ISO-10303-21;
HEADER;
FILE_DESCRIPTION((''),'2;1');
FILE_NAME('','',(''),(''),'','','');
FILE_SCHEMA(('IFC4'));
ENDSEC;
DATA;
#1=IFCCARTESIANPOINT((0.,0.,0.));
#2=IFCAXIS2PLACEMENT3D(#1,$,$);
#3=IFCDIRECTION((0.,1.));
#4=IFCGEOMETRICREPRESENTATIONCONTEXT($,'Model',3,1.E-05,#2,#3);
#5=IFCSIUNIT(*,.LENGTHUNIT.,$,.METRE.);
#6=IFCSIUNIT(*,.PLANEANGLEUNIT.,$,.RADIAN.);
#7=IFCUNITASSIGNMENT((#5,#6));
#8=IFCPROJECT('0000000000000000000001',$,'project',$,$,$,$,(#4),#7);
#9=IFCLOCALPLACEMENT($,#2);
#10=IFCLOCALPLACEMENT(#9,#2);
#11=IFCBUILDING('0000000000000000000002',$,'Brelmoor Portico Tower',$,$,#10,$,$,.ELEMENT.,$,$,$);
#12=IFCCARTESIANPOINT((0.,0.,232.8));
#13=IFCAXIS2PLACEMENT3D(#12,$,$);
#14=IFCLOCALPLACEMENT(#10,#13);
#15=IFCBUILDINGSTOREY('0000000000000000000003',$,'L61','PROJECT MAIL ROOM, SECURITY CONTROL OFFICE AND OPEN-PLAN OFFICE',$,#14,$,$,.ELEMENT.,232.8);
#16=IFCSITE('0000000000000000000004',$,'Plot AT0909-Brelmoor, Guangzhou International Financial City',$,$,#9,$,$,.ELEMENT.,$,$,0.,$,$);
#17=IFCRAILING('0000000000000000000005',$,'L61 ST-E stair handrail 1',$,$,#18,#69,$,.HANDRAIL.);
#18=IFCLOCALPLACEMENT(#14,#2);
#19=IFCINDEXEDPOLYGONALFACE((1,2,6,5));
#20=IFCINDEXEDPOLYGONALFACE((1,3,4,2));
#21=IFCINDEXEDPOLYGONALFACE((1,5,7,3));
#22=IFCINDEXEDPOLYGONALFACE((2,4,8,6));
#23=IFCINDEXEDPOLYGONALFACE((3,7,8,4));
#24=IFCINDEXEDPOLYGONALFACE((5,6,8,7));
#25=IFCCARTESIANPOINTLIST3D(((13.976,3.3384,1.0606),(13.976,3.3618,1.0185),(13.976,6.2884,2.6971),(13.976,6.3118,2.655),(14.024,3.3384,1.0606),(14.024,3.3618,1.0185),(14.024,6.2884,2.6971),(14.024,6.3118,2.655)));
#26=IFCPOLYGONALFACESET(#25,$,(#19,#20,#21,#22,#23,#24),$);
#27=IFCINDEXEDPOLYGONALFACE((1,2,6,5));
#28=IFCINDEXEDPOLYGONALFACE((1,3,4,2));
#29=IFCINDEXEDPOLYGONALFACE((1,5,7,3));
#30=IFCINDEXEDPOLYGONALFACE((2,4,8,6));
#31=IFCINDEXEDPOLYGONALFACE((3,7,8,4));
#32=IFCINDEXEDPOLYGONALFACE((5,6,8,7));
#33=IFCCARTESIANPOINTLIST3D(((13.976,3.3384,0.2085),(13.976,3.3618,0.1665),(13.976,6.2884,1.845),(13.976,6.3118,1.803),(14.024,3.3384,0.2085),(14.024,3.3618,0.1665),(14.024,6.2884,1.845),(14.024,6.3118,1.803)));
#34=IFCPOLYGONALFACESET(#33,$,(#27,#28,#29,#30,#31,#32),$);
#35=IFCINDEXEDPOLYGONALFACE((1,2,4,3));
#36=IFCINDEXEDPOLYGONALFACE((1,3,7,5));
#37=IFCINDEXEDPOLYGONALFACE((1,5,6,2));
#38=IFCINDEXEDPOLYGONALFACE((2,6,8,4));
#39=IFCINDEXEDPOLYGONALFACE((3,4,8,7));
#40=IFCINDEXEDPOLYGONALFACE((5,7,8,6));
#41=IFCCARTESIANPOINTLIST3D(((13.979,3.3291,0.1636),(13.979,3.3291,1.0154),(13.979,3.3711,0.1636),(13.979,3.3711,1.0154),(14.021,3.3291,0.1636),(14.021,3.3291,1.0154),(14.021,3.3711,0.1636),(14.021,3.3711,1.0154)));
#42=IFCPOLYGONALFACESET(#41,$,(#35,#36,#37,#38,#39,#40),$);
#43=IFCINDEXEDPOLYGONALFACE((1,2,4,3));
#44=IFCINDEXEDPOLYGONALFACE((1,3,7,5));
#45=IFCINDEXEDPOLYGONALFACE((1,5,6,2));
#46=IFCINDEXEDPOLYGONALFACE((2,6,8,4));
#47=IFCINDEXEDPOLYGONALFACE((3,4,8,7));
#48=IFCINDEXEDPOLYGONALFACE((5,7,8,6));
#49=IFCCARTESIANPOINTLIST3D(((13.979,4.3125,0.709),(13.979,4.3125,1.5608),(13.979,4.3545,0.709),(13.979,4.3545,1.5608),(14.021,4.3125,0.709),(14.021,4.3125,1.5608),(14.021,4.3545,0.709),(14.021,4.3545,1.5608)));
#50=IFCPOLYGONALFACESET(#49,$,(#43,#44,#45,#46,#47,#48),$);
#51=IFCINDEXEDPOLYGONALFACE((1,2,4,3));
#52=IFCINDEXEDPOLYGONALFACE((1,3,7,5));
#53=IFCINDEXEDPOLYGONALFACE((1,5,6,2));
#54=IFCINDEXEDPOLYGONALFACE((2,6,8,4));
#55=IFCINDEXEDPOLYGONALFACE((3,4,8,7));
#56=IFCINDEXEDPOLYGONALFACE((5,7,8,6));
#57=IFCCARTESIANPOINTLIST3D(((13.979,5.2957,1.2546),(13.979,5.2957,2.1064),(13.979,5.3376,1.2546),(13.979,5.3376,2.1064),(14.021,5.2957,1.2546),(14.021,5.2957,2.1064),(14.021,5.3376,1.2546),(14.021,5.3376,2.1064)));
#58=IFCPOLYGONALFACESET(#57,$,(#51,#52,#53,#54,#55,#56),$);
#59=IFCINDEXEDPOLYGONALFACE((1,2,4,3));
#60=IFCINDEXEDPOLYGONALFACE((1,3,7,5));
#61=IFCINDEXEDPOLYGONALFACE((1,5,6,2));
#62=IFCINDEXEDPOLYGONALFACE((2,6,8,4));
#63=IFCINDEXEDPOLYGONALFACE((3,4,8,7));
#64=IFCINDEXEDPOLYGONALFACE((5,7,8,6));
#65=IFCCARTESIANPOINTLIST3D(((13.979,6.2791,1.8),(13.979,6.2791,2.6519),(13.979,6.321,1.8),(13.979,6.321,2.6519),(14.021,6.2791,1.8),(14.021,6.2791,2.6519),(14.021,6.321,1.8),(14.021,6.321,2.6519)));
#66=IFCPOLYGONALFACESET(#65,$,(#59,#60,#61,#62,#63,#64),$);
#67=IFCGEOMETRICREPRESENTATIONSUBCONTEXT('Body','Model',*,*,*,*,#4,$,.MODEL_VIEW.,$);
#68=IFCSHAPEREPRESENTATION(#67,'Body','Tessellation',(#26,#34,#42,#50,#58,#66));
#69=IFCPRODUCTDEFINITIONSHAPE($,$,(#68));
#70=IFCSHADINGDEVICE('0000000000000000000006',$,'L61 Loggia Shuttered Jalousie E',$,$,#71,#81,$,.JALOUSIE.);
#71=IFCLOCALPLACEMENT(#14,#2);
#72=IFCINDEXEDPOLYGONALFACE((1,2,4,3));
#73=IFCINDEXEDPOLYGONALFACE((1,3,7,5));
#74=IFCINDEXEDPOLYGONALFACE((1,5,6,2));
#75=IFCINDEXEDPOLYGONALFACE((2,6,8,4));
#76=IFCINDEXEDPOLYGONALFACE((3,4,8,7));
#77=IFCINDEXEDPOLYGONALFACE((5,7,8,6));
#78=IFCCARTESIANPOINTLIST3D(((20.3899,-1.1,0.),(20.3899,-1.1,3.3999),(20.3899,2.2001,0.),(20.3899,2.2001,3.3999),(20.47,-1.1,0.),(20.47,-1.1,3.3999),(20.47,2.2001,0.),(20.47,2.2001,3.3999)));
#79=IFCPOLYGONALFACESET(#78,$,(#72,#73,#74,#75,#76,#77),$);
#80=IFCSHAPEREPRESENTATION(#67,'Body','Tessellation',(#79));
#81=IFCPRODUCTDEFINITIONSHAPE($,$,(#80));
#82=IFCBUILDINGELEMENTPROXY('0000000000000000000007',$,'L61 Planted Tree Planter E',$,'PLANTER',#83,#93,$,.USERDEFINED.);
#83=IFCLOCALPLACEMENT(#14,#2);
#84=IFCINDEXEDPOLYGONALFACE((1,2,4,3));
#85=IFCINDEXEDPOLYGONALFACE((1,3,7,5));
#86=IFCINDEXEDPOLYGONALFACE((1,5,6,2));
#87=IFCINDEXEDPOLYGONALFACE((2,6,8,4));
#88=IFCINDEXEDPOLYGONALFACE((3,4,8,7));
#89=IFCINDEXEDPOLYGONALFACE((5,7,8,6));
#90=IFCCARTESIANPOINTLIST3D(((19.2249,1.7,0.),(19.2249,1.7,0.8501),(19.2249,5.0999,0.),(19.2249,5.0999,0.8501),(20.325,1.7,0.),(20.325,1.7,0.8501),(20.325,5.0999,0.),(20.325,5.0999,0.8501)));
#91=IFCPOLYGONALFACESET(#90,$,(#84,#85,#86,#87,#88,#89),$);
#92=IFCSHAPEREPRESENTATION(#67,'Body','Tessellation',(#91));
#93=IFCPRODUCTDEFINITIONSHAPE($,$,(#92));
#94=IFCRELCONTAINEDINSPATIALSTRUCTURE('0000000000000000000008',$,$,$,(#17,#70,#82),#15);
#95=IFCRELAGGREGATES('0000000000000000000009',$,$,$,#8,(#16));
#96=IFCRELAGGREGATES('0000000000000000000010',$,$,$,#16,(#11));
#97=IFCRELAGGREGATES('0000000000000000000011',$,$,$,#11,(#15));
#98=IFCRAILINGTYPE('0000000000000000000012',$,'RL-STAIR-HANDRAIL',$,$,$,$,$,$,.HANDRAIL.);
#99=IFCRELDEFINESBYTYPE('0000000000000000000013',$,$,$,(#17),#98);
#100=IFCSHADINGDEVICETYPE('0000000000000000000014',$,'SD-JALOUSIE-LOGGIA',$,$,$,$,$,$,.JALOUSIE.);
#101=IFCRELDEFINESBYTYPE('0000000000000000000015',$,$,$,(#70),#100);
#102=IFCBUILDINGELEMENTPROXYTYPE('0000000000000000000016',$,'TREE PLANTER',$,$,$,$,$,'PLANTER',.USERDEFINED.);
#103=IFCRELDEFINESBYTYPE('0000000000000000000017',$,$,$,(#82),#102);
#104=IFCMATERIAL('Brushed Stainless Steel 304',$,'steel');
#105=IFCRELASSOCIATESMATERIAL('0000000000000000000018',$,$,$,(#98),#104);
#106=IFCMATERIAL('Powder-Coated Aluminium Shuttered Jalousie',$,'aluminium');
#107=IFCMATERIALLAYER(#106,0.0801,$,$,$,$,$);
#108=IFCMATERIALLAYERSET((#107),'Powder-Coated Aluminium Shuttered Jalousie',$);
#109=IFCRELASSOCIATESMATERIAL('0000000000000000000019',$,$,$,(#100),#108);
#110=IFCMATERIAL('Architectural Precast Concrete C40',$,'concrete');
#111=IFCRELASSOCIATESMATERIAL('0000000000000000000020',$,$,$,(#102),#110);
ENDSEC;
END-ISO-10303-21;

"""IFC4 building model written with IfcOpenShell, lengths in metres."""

from ifc_helpers import new_model, si_unit, direction, frame, origin, origin_2d, place, context, subcontext, project, spatial, rectangle, extrude, material, layer, layer_set, type_object, element, save


model = new_model("IFC4")

# Units and contexts
model_context = context("Model", 3, precision=1e-05, world=origin(), true_north=direction((0.0, 1.0)))
body_context = subcontext(model_context, "Body", "Model", "MODEL_VIEW")
ifc_project = project(units=[si_unit("LENGTHUNIT", "METRE"), si_unit("PLANEANGLEUNIT", "RADIAN")], contexts=[model_context])

# Site, building, storey
site_placement = place(None, origin())
site = spatial("IfcSite", under=ifc_project, at=site_placement, Name="Plot AT0909-Brelmoor, Guangzhou International Financial City", CompositionType="ELEMENT", RefElevation=0.0)
building_placement = place(site_placement, origin())
building = spatial("IfcBuilding", under=site, at=building_placement, Name="Brelmoor Portico Tower", CompositionType="ELEMENT")
storey_placement = place(building_placement, frame((0.0, 0.0, 232.8)))
storey = spatial("IfcBuildingStorey", under=building, at=storey_placement, Name="L61", Description="PROJECT MAIL ROOM, SECURITY CONTROL OFFICE AND OPEN-PLAN OFFICE", CompositionType="ELEMENT", Elevation=232.8)

# Railing
ifc_material_1 = material(Name="Brushed Stainless Steel 304", Category="steel")
railing_type_1 = type_object("IfcRailingType", Name="RL-STAIR-HANDRAIL", PredefinedType="HANDRAIL", material=ifc_material_1)
railing_1_placement = place(storey_placement, frame((14.0, 3.3501, 0.1636)))
element("IfcRailing", 1, at=railing_1_placement, inside=storey, type_object=railing_type_1, Name="L61 ST-E stair handrail 1", PredefinedType="HANDRAIL", context=body_context, shape_type="SweptSolid", body=[
    extrude(rectangle(XDim=0.0481, YDim=0.0481, at=origin_2d()), frame((0.0, 0.0, 0.876), z_axis=(0.0, 0.874458, 0.485102), x_axis=(-1.0, 0.0, 0.0)), (0.0, 0.0, 1.0), 3.3735),
    extrude(rectangle(XDim=0.0481, YDim=0.0481, at=origin_2d()), frame((0.0, 0.0, 0.0239), z_axis=(0.0, 0.874458, 0.485102), x_axis=(-1.0, 0.0, 0.0)), (0.0, 0.0, 1.0), 3.3735),
    extrude(rectangle(XDim=0.042, YDim=0.042, at=origin_2d()), origin(), (0.0, 0.0, 1.0), 0.8518),
    extrude(rectangle(XDim=0.042, YDim=0.042, at=origin_2d()), frame((0.0, 0.9834, 0.5454)), (0.0, 0.0, 1.0), 0.8518),
    extrude(rectangle(XDim=0.042, YDim=0.042, at=origin_2d()), frame((0.0, 1.9666, 1.0911)), (0.0, 0.0, 1.0), 0.8518),
    extrude(rectangle(XDim=0.042, YDim=0.042, at=origin_2d()), frame((0.0, 2.95, 1.6365)), (0.0, 0.0, 1.0), 0.8518),
])

# Shading device
ifc_material_2 = material(Name="Powder-Coated Aluminium Shuttered Jalousie", Category="aluminium")
ifc_layer_1 = layer(ifc_material_2, 0.0801)
ifc_layer_set_1 = layer_set([ifc_layer_1], Name="Powder-Coated Aluminium Shuttered Jalousie")
shading_device_type = type_object("IfcShadingDeviceType", Name="SD-JALOUSIE-LOGGIA", PredefinedType="JALOUSIE", material=ifc_layer_set_1)
shading_device_placement = place(storey_placement, frame((20.4299, 0.55, 0.0), z_axis=(0.0, 0.0, 1.0), x_axis=(0.0, 1.0, 0.0)))
element("IfcShadingDevice", 2, at=shading_device_placement, inside=storey, type_object=shading_device_type, Name="L61 Loggia Shuttered Jalousie E", PredefinedType="JALOUSIE", context=body_context, shape_type="SweptSolid", body=[
    extrude(rectangle(XDim=3.3, YDim=0.0801, at=origin_2d()), origin(), (0.0, 0.0, 1.0), 3.3999),
])

# Building element proxy
ifc_material_3 = material(Name="Architectural Precast Concrete C40", Category="concrete")
building_element_proxy_type = type_object("IfcBuildingElementProxyType", Name="TREE PLANTER", ElementType="PLANTER", PredefinedType="USERDEFINED", material=ifc_material_3)
proxy_placement = place(storey_placement, frame((19.7749, 3.3999, 0.0), z_axis=(0.0, 0.0, 1.0), x_axis=(0.0, 1.0, 0.0)))
element("IfcBuildingElementProxy", 3, at=proxy_placement, inside=storey, type_object=building_element_proxy_type, Name="L61 Planted Tree Planter E", ObjectType="PLANTER", PredefinedType="USERDEFINED", context=body_context, shape_type="SweptSolid", body=[
    extrude(rectangle(XDim=3.3999, YDim=1.1001, at=origin_2d()), origin(), (0.0, 0.0, 1.0), 0.8501),
])

save(model, "model.ifc")
